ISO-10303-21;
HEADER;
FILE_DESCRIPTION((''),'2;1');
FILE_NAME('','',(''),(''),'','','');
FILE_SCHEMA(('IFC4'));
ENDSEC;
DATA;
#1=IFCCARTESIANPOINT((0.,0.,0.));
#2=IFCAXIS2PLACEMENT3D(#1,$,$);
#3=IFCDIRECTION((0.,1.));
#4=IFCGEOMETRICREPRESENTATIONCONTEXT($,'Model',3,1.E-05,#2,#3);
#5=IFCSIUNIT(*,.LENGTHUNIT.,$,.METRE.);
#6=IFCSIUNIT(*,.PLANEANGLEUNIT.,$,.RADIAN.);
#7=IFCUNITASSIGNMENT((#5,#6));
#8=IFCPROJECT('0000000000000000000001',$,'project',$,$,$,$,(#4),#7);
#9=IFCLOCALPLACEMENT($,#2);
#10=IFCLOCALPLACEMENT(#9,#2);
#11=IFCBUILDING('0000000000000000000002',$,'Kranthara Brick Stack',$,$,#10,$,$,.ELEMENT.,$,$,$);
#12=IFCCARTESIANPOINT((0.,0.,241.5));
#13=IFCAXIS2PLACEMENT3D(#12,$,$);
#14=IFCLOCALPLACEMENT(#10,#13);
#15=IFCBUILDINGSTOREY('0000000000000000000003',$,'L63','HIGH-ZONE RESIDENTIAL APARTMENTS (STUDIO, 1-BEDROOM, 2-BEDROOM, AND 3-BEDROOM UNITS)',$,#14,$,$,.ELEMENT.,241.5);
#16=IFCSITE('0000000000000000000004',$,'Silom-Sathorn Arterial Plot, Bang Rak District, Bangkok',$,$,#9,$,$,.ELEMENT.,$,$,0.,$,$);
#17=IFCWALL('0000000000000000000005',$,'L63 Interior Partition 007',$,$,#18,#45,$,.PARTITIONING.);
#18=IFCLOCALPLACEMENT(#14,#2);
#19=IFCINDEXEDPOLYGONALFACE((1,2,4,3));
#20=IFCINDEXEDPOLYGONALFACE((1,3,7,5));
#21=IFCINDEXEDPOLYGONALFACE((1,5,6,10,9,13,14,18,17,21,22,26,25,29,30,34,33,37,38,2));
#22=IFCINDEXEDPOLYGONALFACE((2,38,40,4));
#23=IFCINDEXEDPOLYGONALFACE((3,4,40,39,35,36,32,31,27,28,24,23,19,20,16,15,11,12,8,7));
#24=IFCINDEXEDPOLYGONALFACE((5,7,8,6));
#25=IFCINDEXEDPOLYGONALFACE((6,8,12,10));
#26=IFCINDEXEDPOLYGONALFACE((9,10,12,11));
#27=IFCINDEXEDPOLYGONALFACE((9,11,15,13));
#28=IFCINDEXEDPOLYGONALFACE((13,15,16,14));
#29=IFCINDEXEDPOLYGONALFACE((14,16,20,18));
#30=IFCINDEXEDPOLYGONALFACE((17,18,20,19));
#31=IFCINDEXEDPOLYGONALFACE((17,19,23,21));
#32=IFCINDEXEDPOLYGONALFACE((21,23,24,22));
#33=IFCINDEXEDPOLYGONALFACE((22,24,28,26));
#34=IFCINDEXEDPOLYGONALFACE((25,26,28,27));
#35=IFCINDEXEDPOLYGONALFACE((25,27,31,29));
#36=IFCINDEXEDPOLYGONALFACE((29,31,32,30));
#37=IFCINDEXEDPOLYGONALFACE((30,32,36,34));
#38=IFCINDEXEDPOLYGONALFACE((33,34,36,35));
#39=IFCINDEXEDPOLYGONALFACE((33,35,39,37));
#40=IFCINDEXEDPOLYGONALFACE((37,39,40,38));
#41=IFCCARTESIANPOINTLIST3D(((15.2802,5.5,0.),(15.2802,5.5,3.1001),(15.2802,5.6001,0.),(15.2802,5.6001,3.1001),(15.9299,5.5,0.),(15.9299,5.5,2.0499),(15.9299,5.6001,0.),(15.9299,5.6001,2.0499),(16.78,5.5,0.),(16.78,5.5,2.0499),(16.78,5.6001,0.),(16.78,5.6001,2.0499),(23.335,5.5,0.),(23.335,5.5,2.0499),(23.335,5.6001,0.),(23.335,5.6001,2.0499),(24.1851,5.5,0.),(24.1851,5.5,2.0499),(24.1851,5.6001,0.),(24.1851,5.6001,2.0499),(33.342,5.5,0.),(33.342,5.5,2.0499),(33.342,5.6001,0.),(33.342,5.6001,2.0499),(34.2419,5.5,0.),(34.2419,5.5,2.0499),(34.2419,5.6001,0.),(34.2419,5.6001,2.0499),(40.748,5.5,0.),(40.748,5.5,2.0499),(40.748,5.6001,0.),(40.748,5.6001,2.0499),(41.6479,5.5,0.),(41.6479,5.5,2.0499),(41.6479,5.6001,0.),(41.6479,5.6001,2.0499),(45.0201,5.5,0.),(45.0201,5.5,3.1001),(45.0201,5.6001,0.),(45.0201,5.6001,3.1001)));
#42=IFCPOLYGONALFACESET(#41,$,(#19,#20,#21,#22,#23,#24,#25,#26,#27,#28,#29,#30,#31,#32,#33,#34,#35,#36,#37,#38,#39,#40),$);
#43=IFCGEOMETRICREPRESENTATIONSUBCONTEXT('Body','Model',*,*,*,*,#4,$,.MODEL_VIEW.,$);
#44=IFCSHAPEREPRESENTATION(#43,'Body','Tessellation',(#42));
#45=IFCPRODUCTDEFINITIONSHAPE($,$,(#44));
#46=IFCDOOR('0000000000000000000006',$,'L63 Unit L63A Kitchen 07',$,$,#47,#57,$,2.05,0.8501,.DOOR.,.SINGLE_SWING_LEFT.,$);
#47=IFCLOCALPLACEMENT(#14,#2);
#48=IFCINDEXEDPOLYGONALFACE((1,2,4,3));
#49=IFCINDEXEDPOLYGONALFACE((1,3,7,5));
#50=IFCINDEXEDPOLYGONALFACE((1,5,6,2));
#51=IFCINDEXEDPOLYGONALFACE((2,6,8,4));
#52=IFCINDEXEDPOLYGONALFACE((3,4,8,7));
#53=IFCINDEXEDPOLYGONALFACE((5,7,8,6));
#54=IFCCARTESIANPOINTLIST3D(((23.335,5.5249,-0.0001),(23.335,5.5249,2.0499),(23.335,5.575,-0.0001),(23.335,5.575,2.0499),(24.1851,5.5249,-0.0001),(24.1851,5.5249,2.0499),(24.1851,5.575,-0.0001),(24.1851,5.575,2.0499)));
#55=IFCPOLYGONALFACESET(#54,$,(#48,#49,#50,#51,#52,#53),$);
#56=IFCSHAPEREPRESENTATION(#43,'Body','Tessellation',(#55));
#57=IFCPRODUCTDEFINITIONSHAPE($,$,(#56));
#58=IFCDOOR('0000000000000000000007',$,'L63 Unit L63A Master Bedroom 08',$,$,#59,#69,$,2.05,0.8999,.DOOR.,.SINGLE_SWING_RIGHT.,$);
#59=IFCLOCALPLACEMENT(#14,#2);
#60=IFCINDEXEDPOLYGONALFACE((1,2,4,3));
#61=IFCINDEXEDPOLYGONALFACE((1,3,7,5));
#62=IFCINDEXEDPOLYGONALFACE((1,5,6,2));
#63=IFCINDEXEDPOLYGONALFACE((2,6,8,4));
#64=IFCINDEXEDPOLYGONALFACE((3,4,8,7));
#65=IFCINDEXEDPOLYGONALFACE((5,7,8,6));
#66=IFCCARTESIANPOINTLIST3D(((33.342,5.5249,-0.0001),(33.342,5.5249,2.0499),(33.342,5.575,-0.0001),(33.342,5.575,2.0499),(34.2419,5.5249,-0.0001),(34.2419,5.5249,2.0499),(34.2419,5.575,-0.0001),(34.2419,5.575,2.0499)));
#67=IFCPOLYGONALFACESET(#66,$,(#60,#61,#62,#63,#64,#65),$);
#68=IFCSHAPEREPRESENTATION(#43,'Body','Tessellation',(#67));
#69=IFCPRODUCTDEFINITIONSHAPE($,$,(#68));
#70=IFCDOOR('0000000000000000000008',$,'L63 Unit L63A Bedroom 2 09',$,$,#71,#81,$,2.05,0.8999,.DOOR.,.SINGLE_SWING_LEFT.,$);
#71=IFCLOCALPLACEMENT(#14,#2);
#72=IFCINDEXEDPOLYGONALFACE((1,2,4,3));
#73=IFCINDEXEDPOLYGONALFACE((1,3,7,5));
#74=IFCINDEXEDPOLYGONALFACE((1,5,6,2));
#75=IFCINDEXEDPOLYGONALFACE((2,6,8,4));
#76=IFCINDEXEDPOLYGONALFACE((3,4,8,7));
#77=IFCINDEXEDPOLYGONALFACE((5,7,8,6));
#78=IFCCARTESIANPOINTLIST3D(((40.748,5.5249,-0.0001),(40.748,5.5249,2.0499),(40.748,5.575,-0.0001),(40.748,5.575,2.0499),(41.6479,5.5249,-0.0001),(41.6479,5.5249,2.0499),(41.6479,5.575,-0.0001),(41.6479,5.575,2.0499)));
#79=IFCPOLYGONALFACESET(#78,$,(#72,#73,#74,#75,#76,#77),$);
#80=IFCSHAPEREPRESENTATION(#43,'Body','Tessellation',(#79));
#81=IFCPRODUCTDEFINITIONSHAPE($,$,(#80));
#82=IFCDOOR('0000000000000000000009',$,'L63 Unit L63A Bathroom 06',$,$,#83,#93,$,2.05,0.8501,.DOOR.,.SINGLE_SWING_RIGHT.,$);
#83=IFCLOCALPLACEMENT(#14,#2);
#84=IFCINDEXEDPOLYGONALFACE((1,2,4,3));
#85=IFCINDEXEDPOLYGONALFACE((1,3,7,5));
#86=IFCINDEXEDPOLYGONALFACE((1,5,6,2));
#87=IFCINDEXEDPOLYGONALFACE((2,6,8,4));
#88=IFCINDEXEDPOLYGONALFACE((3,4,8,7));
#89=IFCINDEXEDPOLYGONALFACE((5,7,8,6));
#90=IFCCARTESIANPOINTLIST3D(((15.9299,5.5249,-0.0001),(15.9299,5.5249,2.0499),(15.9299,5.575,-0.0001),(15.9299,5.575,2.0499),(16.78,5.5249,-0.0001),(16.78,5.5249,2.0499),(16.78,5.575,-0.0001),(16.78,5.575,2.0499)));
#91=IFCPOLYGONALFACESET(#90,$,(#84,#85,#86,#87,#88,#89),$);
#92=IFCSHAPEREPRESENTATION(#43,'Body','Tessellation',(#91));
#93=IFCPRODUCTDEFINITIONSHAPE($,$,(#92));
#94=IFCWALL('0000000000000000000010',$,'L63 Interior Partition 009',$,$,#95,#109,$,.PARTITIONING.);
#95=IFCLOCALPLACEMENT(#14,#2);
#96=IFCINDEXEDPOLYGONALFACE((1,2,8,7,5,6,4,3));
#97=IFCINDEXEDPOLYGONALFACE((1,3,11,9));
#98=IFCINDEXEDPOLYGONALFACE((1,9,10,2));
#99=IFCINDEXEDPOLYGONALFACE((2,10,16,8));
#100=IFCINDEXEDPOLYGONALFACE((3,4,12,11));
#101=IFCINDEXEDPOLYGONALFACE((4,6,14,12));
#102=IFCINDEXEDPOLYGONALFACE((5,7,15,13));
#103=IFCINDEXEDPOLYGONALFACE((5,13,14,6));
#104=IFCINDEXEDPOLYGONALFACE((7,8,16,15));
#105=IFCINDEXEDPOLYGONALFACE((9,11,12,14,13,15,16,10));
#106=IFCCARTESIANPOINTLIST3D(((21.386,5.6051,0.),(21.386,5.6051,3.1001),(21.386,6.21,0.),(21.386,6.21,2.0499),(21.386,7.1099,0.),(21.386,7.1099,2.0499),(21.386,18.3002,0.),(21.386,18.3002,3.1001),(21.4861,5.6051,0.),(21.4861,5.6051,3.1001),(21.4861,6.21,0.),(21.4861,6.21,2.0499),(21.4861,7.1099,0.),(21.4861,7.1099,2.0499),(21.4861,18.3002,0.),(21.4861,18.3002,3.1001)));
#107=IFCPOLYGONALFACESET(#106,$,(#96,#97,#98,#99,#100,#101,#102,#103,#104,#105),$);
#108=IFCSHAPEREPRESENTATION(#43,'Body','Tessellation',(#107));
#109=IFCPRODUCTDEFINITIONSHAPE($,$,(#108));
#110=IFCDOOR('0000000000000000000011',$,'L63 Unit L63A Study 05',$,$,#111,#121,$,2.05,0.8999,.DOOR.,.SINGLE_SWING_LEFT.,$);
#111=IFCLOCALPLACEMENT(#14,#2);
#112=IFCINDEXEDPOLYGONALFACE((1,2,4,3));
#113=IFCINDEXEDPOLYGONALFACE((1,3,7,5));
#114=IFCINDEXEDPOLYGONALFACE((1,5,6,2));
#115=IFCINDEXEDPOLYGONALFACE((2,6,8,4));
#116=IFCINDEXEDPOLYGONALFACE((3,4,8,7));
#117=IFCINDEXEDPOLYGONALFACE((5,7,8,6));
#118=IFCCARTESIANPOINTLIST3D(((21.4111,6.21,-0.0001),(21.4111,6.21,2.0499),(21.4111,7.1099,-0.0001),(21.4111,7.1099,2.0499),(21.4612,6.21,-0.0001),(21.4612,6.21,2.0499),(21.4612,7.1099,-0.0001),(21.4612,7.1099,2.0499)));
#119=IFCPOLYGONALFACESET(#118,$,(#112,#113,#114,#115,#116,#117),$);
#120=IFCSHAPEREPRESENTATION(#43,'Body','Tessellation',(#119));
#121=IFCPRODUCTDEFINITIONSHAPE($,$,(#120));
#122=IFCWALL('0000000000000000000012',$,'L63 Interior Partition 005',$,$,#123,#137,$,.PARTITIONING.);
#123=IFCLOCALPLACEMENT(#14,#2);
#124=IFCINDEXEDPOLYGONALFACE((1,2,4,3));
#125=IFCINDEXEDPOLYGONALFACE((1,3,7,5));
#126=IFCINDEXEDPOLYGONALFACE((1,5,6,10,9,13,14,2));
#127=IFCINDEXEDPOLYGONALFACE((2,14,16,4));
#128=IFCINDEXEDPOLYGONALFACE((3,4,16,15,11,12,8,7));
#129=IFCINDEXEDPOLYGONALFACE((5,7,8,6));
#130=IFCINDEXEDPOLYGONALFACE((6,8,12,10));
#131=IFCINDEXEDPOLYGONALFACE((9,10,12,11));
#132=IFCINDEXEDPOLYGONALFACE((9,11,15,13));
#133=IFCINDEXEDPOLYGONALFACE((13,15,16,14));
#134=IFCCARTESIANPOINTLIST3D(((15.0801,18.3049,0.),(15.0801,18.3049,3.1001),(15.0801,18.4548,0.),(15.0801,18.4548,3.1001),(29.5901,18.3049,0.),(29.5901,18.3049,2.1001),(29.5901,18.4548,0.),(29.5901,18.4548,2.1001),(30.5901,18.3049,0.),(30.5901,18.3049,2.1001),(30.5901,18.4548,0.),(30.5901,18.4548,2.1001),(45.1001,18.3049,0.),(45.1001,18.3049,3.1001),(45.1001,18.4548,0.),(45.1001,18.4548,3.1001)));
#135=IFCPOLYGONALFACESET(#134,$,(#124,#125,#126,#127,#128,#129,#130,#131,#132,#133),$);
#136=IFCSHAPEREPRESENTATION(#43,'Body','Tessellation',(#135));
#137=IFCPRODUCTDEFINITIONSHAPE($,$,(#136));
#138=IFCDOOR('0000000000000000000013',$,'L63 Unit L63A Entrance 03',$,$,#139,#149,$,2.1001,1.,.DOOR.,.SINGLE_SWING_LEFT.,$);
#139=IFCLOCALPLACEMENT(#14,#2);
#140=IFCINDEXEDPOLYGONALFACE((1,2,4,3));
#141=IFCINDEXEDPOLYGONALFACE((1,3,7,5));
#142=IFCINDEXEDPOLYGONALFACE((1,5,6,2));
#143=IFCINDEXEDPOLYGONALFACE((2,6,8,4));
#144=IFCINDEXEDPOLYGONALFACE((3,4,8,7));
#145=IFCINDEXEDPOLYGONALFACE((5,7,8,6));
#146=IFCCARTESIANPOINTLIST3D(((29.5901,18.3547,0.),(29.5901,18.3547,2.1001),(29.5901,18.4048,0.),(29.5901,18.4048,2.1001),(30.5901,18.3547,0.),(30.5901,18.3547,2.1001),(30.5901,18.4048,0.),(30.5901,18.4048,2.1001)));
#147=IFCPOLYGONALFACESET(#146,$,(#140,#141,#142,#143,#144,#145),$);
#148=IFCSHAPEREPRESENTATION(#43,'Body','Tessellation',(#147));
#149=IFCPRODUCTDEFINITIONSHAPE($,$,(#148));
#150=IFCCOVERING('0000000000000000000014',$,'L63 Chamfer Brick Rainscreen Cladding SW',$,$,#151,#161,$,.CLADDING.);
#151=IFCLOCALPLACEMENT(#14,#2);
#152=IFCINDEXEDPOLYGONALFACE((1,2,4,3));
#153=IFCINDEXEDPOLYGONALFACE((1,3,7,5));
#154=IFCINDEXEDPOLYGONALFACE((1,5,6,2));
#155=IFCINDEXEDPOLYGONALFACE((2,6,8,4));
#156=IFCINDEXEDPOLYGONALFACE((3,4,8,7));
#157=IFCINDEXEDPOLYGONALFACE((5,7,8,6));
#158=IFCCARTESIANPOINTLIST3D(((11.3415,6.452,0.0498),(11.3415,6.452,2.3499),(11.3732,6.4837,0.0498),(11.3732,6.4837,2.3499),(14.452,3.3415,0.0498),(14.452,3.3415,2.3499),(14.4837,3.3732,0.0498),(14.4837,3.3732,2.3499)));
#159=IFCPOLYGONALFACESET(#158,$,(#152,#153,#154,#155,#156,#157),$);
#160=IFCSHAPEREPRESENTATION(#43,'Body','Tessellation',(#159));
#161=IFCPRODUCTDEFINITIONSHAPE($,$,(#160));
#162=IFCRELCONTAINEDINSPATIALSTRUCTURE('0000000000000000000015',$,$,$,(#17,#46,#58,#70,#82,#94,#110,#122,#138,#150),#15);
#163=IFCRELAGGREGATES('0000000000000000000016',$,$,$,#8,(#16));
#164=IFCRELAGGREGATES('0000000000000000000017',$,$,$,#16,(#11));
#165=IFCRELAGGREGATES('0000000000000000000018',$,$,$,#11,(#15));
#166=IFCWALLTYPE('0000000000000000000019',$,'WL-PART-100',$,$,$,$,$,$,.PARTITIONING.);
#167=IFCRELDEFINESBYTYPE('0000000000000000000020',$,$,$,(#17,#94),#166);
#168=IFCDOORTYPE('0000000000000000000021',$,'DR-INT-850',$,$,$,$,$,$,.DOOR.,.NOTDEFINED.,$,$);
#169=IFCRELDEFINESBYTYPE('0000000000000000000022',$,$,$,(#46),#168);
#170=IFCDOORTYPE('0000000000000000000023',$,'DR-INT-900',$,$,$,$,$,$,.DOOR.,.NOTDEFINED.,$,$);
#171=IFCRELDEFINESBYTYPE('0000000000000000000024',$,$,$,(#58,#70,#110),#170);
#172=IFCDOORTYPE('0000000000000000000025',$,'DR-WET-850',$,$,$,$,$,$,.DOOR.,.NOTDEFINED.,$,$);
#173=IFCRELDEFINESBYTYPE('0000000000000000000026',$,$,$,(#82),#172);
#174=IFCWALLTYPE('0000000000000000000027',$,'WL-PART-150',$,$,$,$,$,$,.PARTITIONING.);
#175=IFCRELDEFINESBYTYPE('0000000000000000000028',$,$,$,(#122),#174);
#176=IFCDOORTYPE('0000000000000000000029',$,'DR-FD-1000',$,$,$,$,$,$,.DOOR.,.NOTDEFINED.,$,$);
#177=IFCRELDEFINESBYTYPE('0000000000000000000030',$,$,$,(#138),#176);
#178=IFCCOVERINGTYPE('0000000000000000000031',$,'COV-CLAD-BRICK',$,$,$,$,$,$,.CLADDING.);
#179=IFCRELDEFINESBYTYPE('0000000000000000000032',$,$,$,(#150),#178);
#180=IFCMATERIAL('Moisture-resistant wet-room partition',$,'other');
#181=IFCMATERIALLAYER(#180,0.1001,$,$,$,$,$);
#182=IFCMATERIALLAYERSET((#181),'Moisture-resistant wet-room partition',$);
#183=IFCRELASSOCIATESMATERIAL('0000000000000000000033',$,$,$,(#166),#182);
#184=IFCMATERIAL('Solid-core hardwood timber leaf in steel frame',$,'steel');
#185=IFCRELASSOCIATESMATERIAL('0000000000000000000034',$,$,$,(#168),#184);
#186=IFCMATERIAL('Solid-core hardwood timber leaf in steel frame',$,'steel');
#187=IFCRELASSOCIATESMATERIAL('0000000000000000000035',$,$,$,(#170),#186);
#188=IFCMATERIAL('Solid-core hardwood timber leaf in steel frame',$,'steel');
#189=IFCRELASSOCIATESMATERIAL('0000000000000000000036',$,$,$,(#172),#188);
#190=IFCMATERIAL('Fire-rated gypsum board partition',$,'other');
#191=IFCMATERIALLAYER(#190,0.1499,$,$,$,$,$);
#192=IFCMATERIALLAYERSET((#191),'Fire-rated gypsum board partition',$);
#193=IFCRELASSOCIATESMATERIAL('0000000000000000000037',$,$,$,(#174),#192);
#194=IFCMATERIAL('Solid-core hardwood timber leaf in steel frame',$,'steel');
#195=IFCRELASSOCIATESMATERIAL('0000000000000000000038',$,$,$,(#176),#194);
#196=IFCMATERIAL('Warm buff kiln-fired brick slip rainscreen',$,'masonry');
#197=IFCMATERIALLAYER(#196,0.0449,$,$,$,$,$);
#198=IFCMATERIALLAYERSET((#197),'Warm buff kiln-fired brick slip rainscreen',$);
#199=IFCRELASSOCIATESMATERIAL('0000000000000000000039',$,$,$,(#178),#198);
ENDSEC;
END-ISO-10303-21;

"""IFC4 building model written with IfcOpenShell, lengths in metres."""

from ifc_helpers import new_model, si_unit, direction, frame, frame_2d, origin, origin_2d, place, context, subcontext, project, spatial, rectangle, extrude, material, layer, layer_set, type_object, element, fill, save


model = new_model("IFC4")

# Units and contexts
model_context = context("Model", 3, precision=1e-05, world=origin(), true_north=direction((0.0, 1.0)))
body_context = subcontext(model_context, "Body", "Model", "MODEL_VIEW")
ifc_project = project(units=[si_unit("LENGTHUNIT", "METRE"), si_unit("PLANEANGLEUNIT", "RADIAN")], contexts=[model_context])

# Site, building, storey
site_placement = place(None, origin())
site = spatial("IfcSite", under=ifc_project, at=site_placement, Name="Silom-Sathorn Arterial Plot, Bang Rak District, Bangkok", CompositionType="ELEMENT", RefElevation=0.0)
building_placement = place(site_placement, origin())
building = spatial("IfcBuilding", under=site, at=building_placement, Name="Kranthara Brick Stack", CompositionType="ELEMENT")
storey_placement = place(building_placement, frame((0.0, 0.0, 241.5)))
storey = spatial("IfcBuildingStorey", under=building, at=storey_placement, Name="L63", Description="HIGH-ZONE RESIDENTIAL APARTMENTS (STUDIO, 1-BEDROOM, 2-BEDROOM, AND 3-BEDROOM UNITS)", CompositionType="ELEMENT", Elevation=241.5)

# Wall, openings, doors
ifc_material_1 = material(Name="Moisture-resistant wet-room partition", Category="other")
ifc_layer_1 = layer(ifc_material_1, 0.1001)
ifc_layer_set_1 = layer_set([ifc_layer_1], Name="Moisture-resistant wet-room partition")
wall_type_1 = type_object("IfcWallType", Name="WL-PART-100", PredefinedType="PARTITIONING", material=ifc_layer_set_1)
wall_1_placement = place(storey_placement, frame((15.28, 5.55, 0.0), z_axis=(0.0, 0.0, 1.0), x_axis=(1.0, 0.0, 0.0)))
wall_1 = element("IfcWall", 1, at=wall_1_placement, inside=storey, type_object=wall_type_1, Name="L63 Interior Partition 007", PredefinedType="PARTITIONING", context=body_context, shape_type="SweptSolid", body=[
    extrude(rectangle(XDim=29.74, YDim=0.1001, at=frame_2d((14.8701, 0.0))), origin(), (0.0, 0.0, 1.0), 3.1001),
])
opening_1_placement = place(wall_1_placement, frame((0.6499, 0.0, 0.0)))
opening_1 = element("IfcOpeningElement", 2, at=opening_1_placement, cuts=wall_1, PredefinedType="OPENING", context=body_context, shape_type="SweptSolid", body=[
    extrude(rectangle(XDim=0.8501, YDim=2.05, at=frame_2d((0.425, 1.0249))), frame((0.0, 0.0601, 0.0), z_axis=(0.0, -1.0, 0.0), x_axis=(1.0, 0.0, 0.0)), (0.0, 0.0, 1.0), 0.1201),
])
opening_2_placement = place(wall_1_placement, frame((8.0549, 0.0, 0.0)))
opening_2 = element("IfcOpeningElement", 3, at=opening_2_placement, cuts=wall_1, PredefinedType="OPENING", context=body_context, shape_type="SweptSolid", body=[
    extrude(rectangle(XDim=0.8501, YDim=2.05, at=frame_2d((0.425, 1.0249))), frame((0.0, 0.0601, 0.0), z_axis=(0.0, -1.0, 0.0), x_axis=(1.0, 0.0, 0.0)), (0.0, 0.0, 1.0), 0.1201),
])
opening_3_placement = place(wall_1_placement, frame((18.062, 0.0, 0.0)))
opening_3 = element("IfcOpeningElement", 4, at=opening_3_placement, cuts=wall_1, PredefinedType="OPENING", context=body_context, shape_type="SweptSolid", body=[
    extrude(rectangle(XDim=0.8999, YDim=2.05, at=frame_2d((0.45, 1.0249))), frame((0.0, 0.0601, 0.0), z_axis=(0.0, -1.0, 0.0), x_axis=(1.0, 0.0, 0.0)), (0.0, 0.0, 1.0), 0.1201),
])
opening_4_placement = place(wall_1_placement, frame((25.468, 0.0, 0.0)))
opening_4 = element("IfcOpeningElement", 5, at=opening_4_placement, cuts=wall_1, PredefinedType="OPENING", context=body_context, shape_type="SweptSolid", body=[
    extrude(rectangle(XDim=0.8999, YDim=2.05, at=frame_2d((0.45, 1.0249))), frame((0.0, 0.0601, 0.0), z_axis=(0.0, -1.0, 0.0), x_axis=(1.0, 0.0, 0.0)), (0.0, 0.0, 1.0), 0.1201),
])
ifc_material_2 = material(Name="Solid-core hardwood timber leaf in steel frame", Category="steel")
door_type_1 = type_object("IfcDoorType", Name="DR-INT-850", OperationType="NOTDEFINED", PredefinedType="DOOR", material=ifc_material_2)
door_1_placement = place(opening_2_placement, origin())
door_1 = element("IfcDoor", 6, at=door_1_placement, inside=storey, type_object=door_type_1, Name="L63 Unit L63A Kitchen 07", OperationType="SINGLE_SWING_LEFT", OverallHeight=2.05, OverallWidth=0.8501, PredefinedType="DOOR", context=body_context, shape_type="SweptSolid", body=[
    extrude(rectangle(XDim=0.8501, YDim=2.05, at=frame_2d((0.425, 1.0249))), frame((0.0, 0.0249, 0.0), z_axis=(0.0, -1.0, 0.0), x_axis=(1.0, 0.0, 0.0)), (0.0, 0.0, 1.0), 0.05),
])
fill(opening_2, door_1)
ifc_material_3 = material(Name="Solid-core hardwood timber leaf in steel frame", Category="steel")
door_type_2 = type_object("IfcDoorType", Name="DR-INT-900", OperationType="NOTDEFINED", PredefinedType="DOOR", material=ifc_material_3)
door_2_placement = place(opening_3_placement, origin())
door_2 = element("IfcDoor", 7, at=door_2_placement, inside=storey, type_object=door_type_2, Name="L63 Unit L63A Master Bedroom 08", OperationType="SINGLE_SWING_RIGHT", OverallHeight=2.05, OverallWidth=0.8999, PredefinedType="DOOR", context=body_context, shape_type="SweptSolid", body=[
    extrude(rectangle(XDim=0.8999, YDim=2.05, at=frame_2d((0.45, 1.0249))), frame((0.0, 0.0249, 0.0), z_axis=(0.0, -1.0, 0.0), x_axis=(1.0, 0.0, 0.0)), (0.0, 0.0, 1.0), 0.05),
])
fill(opening_3, door_2)
door_3_placement = place(opening_4_placement, origin())
door_3 = element("IfcDoor", 8, at=door_3_placement, inside=storey, type_object=door_type_2, Name="L63 Unit L63A Bedroom 2 09", OperationType="SINGLE_SWING_LEFT", OverallHeight=2.05, OverallWidth=0.8999, PredefinedType="DOOR", context=body_context, shape_type="SweptSolid", body=[
    extrude(rectangle(XDim=0.8999, YDim=2.05, at=frame_2d((0.45, 1.0249))), frame((0.0, 0.0249, 0.0), z_axis=(0.0, -1.0, 0.0), x_axis=(1.0, 0.0, 0.0)), (0.0, 0.0, 1.0), 0.05),
])
fill(opening_4, door_3)
ifc_material_4 = material(Name="Solid-core hardwood timber leaf in steel frame", Category="steel")
door_type_3 = type_object("IfcDoorType", Name="DR-WET-850", OperationType="NOTDEFINED", PredefinedType="DOOR", material=ifc_material_4)
door_4_placement = place(opening_1_placement, origin())
door_4 = element("IfcDoor", 9, at=door_4_placement, inside=storey, type_object=door_type_3, Name="L63 Unit L63A Bathroom 06", OperationType="SINGLE_SWING_RIGHT", OverallHeight=2.05, OverallWidth=0.8501, PredefinedType="DOOR", context=body_context, shape_type="SweptSolid", body=[
    extrude(rectangle(XDim=0.8501, YDim=2.05, at=frame_2d((0.425, 1.0249))), frame((0.0, 0.0249, 0.0), z_axis=(0.0, -1.0, 0.0), x_axis=(1.0, 0.0, 0.0)), (0.0, 0.0, 1.0), 0.05),
])
fill(opening_1, door_4)

# Walls, openings, doors
wall_2_placement = place(storey_placement, frame((21.436, 5.605, 0.0), z_axis=(0.0, 0.0, 1.0), x_axis=(0.0, 1.0, 0.0)))
wall_2 = element("IfcWall", 10, at=wall_2_placement, inside=storey, type_object=wall_type_1, Name="L63 Interior Partition 009", PredefinedType="PARTITIONING", context=body_context, shape_type="SweptSolid", body=[
    extrude(rectangle(XDim=12.6951, YDim=0.1001, at=frame_2d((6.3477, 0.0))), origin(), (0.0, 0.0, 1.0), 3.1001),
])
opening_5_placement = place(wall_2_placement, frame((0.605, 0.0, 0.0)))
opening_5 = element("IfcOpeningElement", 11, at=opening_5_placement, cuts=wall_2, PredefinedType="OPENING", context=body_context, shape_type="SweptSolid", body=[
    extrude(rectangle(XDim=0.8999, YDim=2.05, at=frame_2d((0.45, 1.0249))), frame((0.0, 0.0601, 0.0), z_axis=(0.0, -1.0, 0.0), x_axis=(1.0, 0.0, 0.0)), (0.0, 0.0, 1.0), 0.1201),
])
door_5_placement = place(opening_5_placement, origin())
door_5 = element("IfcDoor", 12, at=door_5_placement, inside=storey, type_object=door_type_2, Name="L63 Unit L63A Study 05", OperationType="SINGLE_SWING_LEFT", OverallHeight=2.05, OverallWidth=0.8999, PredefinedType="DOOR", context=body_context, shape_type="SweptSolid", body=[
    extrude(rectangle(XDim=0.8999, YDim=2.05, at=frame_2d((0.45, 1.0249))), frame((0.0, 0.0249, 0.0), z_axis=(0.0, -1.0, 0.0), x_axis=(1.0, 0.0, 0.0)), (0.0, 0.0, 1.0), 0.05),
])
fill(opening_5, door_5)
ifc_material_5 = material(Name="Fire-rated gypsum board partition", Category="other")
ifc_layer_2 = layer(ifc_material_5, 0.1499)
ifc_layer_set_2 = layer_set([ifc_layer_2], Name="Fire-rated gypsum board partition")
wall_type_2 = type_object("IfcWallType", Name="WL-PART-150", PredefinedType="PARTITIONING", material=ifc_layer_set_2)
wall_3_placement = place(storey_placement, frame((15.0801, 18.3799, 0.0), z_axis=(0.0, 0.0, 1.0), x_axis=(1.0, 0.0, 0.0)))
wall_3 = element("IfcWall", 13, at=wall_3_placement, inside=storey, type_object=wall_type_2, Name="L63 Interior Partition 005", PredefinedType="PARTITIONING", context=body_context, shape_type="SweptSolid", body=[
    extrude(rectangle(XDim=30.02, YDim=0.1499, at=frame_2d((15.01, 0.0))), origin(), (0.0, 0.0, 1.0), 3.1001),
])
opening_6_placement = place(wall_3_placement, frame((14.51, 0.0, 0.0)))
opening_6 = element("IfcOpeningElement", 14, at=opening_6_placement, cuts=wall_3, PredefinedType="OPENING", context=body_context, shape_type="SweptSolid", body=[
    extrude(rectangle(XDim=1.0, YDim=2.1001, at=frame_2d((0.5, 1.05))), frame((0.0, 0.085, 0.0), z_axis=(0.0, -1.0, 0.0), x_axis=(1.0, 0.0, 0.0)), (0.0, 0.0, 1.0), 0.1699),
])
ifc_material_6 = material(Name="Solid-core hardwood timber leaf in steel frame", Category="steel")
door_type_4 = type_object("IfcDoorType", Name="DR-FD-1000", OperationType="NOTDEFINED", PredefinedType="DOOR", material=ifc_material_6)
door_6_placement = place(opening_6_placement, origin())
door_6 = element("IfcDoor", 15, at=door_6_placement, inside=storey, type_object=door_type_4, Name="L63 Unit L63A Entrance 03", OperationType="SINGLE_SWING_LEFT", OverallHeight=2.1001, OverallWidth=1.0, PredefinedType="DOOR", context=body_context, shape_type="SweptSolid", body=[
    extrude(rectangle(XDim=1.0, YDim=2.1001, at=frame_2d((0.5, 1.05))), frame((0.0, 0.0249, 0.0), z_axis=(0.0, -1.0, 0.0), x_axis=(1.0, 0.0, 0.0)), (0.0, 0.0, 1.0), 0.05),
])
fill(opening_6, door_6)

# Covering
ifc_material_7 = material(Name="Warm buff kiln-fired brick slip rainscreen", Category="masonry")
ifc_layer_3 = layer(ifc_material_7, 0.0449)
ifc_layer_set_3 = layer_set([ifc_layer_3], Name="Warm buff kiln-fired brick slip rainscreen")
covering_type = type_object("IfcCoveringType", Name="COV-CLAD-BRICK", PredefinedType="CLADDING", material=ifc_layer_set_3)
covering_placement = place(storey_placement, frame((12.9126, 4.9126, 0.0498), z_axis=(0.0, 0.0, 1.0), x_axis=(-0.707107, 0.707107, 0.0)))
element("IfcCovering", 16, at=covering_placement, inside=storey, type_object=covering_type, Name="L63 Chamfer Brick Rainscreen Cladding SW", PredefinedType="CLADDING", context=body_context, shape_type="SweptSolid", body=[
    extrude(rectangle(XDim=4.3989, YDim=0.0449, at=origin_2d()), origin(), (0.0, 0.0, 1.0), 2.3),
])

save(model, "model.ifc")
